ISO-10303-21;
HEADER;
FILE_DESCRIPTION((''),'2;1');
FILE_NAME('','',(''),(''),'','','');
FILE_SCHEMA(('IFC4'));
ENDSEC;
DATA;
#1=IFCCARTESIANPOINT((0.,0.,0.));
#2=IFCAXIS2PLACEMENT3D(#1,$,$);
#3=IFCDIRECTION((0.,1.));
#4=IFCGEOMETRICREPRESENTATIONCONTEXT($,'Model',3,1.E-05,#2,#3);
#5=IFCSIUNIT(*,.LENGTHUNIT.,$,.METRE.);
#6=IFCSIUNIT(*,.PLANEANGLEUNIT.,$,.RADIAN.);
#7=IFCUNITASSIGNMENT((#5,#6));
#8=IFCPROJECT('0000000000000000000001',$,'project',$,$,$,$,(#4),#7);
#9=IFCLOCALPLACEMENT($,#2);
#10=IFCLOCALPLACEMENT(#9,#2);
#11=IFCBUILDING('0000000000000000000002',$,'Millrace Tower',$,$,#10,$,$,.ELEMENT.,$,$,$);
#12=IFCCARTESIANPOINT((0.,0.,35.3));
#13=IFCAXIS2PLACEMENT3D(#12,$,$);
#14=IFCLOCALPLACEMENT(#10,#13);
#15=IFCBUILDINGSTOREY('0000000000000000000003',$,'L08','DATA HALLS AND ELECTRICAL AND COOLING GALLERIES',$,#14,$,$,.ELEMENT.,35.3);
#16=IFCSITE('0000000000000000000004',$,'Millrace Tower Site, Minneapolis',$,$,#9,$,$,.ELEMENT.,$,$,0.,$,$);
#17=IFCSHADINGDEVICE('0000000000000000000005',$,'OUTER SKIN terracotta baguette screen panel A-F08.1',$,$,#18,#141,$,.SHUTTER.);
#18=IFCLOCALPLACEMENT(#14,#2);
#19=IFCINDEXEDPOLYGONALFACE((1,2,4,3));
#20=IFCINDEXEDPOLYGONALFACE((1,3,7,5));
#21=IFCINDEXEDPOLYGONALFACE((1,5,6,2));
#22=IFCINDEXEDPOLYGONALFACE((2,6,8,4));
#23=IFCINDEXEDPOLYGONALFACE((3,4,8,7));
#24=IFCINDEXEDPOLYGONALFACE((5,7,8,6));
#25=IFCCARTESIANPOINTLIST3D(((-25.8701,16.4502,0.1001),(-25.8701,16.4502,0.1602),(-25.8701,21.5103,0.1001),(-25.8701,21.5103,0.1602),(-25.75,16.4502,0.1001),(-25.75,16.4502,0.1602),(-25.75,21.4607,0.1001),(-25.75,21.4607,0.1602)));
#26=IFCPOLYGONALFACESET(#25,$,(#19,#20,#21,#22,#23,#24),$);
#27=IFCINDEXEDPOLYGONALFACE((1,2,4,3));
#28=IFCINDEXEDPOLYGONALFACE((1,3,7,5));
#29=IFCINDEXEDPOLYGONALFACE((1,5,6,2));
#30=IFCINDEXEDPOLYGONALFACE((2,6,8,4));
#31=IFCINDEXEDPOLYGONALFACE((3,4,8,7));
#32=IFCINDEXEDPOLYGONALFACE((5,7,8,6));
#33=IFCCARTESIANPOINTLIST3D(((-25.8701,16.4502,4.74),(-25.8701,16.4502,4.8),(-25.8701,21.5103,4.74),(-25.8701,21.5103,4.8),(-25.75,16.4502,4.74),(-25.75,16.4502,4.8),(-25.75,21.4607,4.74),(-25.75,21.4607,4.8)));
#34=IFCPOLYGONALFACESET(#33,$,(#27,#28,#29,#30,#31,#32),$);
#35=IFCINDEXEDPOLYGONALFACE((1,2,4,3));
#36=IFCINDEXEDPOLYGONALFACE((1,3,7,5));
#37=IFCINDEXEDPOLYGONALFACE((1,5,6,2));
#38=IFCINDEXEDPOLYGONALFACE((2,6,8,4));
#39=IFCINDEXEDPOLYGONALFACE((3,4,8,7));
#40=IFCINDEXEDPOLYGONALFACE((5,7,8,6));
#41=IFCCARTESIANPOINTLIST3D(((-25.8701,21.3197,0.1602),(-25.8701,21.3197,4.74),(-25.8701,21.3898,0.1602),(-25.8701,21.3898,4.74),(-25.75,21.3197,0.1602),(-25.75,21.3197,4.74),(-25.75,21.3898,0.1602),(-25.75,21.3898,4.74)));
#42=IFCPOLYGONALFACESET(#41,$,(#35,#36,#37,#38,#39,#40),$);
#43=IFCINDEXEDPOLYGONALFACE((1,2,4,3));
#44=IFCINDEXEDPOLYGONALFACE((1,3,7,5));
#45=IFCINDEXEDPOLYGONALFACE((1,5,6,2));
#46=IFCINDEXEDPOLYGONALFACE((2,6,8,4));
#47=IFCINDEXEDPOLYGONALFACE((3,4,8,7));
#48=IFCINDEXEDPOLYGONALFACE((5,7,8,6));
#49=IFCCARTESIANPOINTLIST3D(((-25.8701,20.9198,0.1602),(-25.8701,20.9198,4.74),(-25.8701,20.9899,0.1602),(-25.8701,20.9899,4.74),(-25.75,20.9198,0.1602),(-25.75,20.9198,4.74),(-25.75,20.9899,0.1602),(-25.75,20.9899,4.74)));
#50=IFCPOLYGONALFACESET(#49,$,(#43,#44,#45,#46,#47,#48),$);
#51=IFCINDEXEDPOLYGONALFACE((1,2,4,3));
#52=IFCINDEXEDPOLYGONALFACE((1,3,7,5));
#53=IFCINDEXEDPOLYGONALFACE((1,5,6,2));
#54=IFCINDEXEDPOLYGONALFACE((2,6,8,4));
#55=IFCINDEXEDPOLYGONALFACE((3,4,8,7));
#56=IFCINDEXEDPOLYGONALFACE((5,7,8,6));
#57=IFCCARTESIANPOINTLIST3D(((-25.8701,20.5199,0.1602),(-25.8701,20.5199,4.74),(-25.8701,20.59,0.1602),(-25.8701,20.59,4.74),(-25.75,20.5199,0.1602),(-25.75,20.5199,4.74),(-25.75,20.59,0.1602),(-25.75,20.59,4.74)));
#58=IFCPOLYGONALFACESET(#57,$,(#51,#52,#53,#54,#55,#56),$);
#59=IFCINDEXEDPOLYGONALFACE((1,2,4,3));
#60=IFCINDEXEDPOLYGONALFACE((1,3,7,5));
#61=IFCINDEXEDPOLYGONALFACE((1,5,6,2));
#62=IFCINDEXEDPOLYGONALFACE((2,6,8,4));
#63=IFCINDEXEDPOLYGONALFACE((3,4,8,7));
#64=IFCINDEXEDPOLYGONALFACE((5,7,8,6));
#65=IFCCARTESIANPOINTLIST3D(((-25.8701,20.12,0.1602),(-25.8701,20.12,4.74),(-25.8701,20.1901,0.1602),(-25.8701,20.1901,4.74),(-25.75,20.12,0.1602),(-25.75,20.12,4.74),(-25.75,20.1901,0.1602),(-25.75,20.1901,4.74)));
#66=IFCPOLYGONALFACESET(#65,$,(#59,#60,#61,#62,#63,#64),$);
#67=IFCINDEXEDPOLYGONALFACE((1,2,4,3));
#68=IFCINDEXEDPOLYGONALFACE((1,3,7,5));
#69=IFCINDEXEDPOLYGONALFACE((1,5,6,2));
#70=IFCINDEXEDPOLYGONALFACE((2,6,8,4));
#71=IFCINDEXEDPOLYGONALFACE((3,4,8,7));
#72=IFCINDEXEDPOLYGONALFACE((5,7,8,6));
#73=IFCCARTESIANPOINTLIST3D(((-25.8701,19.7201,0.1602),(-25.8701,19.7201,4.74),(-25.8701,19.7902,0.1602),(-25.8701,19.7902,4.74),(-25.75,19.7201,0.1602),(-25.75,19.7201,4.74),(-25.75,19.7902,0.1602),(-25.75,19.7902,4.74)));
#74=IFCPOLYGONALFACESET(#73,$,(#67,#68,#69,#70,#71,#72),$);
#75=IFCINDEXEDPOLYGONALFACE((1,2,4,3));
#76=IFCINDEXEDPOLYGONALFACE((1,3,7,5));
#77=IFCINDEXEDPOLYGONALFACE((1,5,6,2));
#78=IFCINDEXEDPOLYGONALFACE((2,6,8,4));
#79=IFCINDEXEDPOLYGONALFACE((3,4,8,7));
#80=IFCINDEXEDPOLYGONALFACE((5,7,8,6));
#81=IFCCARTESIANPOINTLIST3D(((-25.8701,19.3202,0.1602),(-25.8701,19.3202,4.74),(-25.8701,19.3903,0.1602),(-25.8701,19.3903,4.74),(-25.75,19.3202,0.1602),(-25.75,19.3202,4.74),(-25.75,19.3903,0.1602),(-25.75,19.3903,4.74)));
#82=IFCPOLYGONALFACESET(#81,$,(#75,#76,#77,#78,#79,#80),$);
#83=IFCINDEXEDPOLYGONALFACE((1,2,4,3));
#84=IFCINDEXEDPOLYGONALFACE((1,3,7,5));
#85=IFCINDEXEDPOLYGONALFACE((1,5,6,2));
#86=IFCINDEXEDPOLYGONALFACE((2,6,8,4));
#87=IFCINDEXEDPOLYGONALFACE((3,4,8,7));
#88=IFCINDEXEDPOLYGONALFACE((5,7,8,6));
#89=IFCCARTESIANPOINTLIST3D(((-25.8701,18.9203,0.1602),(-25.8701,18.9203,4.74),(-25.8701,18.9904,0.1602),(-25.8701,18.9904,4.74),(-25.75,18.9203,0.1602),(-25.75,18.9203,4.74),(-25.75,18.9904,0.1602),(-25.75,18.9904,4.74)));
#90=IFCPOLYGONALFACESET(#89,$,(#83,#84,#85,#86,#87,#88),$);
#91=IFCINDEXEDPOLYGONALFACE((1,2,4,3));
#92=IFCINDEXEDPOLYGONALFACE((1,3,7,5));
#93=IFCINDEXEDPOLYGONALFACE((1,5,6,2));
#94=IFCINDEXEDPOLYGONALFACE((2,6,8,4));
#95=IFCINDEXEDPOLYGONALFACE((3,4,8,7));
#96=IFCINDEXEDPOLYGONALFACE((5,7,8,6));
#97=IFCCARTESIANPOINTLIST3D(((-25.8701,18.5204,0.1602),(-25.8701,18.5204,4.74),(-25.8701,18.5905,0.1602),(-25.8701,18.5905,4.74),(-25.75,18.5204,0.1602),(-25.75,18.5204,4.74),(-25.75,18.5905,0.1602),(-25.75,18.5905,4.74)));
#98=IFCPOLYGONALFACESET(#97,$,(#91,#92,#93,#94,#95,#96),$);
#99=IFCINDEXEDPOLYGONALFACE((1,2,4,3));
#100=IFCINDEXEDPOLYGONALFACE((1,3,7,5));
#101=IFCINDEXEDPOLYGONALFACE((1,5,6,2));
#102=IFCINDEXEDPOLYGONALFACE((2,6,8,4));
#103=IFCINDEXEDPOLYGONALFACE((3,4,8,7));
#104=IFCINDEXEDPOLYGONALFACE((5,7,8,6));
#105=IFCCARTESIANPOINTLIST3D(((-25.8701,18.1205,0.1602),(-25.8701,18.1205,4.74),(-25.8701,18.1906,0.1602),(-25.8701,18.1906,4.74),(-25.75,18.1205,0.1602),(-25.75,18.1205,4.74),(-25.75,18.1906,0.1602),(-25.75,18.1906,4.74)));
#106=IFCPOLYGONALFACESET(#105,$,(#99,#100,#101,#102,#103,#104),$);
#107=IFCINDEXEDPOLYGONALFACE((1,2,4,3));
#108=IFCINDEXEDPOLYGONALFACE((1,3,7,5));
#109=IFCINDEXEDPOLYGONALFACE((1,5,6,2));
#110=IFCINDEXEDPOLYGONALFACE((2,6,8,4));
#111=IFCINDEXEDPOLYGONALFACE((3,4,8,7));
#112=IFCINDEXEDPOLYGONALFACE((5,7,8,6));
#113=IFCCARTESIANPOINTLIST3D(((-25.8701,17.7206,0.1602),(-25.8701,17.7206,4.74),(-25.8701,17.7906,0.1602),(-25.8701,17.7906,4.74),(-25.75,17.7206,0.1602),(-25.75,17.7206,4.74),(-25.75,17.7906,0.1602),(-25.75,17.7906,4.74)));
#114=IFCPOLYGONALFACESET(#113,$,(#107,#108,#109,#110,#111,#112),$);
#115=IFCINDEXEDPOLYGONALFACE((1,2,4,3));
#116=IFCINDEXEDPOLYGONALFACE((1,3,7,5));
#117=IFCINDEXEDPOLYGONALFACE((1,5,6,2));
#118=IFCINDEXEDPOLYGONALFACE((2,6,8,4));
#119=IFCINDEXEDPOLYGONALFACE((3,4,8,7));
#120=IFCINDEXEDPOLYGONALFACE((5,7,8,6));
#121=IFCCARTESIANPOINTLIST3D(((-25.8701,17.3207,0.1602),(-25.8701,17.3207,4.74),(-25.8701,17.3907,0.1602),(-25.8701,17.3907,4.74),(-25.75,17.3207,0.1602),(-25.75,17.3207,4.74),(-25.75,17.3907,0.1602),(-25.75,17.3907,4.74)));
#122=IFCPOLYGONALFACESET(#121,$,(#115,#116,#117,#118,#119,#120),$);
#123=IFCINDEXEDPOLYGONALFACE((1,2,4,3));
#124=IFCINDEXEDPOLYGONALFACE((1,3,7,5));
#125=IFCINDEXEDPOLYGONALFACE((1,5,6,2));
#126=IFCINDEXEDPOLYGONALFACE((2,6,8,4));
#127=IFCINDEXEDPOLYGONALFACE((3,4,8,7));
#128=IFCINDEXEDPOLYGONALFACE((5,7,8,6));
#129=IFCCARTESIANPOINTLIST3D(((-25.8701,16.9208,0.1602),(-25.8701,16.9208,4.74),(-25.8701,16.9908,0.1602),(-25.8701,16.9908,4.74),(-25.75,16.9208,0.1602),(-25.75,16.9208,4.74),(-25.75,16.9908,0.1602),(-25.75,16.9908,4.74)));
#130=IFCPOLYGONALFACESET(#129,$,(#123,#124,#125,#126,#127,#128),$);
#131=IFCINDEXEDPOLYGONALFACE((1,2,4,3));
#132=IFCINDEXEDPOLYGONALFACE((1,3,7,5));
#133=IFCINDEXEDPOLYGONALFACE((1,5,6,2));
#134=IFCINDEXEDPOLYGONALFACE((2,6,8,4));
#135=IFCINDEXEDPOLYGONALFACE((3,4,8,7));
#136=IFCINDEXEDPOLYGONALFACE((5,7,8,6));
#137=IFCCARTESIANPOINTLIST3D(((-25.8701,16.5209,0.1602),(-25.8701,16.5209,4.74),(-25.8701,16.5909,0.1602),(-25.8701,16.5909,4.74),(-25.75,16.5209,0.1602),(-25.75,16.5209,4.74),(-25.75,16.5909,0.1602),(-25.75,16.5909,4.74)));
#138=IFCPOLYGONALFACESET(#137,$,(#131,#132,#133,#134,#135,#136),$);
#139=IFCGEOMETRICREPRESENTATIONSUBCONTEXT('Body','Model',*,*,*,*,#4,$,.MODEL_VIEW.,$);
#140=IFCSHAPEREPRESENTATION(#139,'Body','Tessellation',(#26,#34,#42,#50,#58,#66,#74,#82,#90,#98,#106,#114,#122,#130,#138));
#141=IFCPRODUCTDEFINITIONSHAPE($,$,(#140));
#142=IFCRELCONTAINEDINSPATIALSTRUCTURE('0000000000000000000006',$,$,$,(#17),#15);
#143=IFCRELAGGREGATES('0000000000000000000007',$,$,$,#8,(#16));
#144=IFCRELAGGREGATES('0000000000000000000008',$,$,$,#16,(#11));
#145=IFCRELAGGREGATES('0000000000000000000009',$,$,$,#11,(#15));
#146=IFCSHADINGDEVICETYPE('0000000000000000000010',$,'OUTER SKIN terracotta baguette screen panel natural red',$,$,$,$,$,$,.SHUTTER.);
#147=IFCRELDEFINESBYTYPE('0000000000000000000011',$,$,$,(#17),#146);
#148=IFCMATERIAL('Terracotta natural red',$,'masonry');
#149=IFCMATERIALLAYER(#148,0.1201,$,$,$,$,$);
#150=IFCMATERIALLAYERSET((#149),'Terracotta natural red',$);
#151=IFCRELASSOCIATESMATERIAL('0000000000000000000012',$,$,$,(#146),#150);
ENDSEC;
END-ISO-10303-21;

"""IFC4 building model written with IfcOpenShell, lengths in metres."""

from ifc_helpers import new_model, entity, si_unit, direction, frame, frame_2d, origin, place, context, subcontext, project, spatial, rectangle, extrude, source, transform, mapped, material, layer, layer_set, type_object, element, save


model = new_model("IFC4")

# Units and contexts
model_context = context("Model", 3, precision=1e-05, world=origin(), true_north=direction((0.0, 1.0)))
body_context = subcontext(model_context, "Body", "Model", "MODEL_VIEW")
ifc_project = project(units=[si_unit("LENGTHUNIT", "METRE"), si_unit("PLANEANGLEUNIT", "RADIAN")], contexts=[model_context])

# Site, building, storey
site_placement = place(None, origin())
site = spatial("IfcSite", under=ifc_project, at=site_placement, Name="Millrace Tower Site, Minneapolis", CompositionType="ELEMENT", RefElevation=0.0)
building_placement = place(site_placement, origin())
building = spatial("IfcBuilding", under=site, at=building_placement, Name="Millrace Tower", CompositionType="ELEMENT")
storey_placement = place(building_placement, frame((0.0, 0.0, 35.3)))
storey = spatial("IfcBuildingStorey", under=building, at=storey_placement, Name="L08", Description="DATA HALLS AND ELECTRICAL AND COOLING GALLERIES", CompositionType="ELEMENT", Elevation=35.3)

# Shading device
ifc_material_1 = material(Name="Terracotta natural red", Category="masonry")
ifc_layer_1 = layer(ifc_material_1, 0.1201)
ifc_layer_set_1 = layer_set([ifc_layer_1], Name="Terracotta natural red")
shading_device_type_1 = type_object("IfcShadingDeviceType", Name="OUTER SKIN terracotta baguette screen panel natural red", PredefinedType="SHUTTER", material=ifc_layer_set_1)
cartesian_point_1 = entity("IfcCartesianPoint", [-2.4929, 0.0601])
shared_polyline_1 = entity("IfcPolyline", [cartesian_point_1, entity("IfcCartesianPoint", [2.5176, 0.0601]), entity("IfcCartesianPoint", [2.5176, -0.0601]), entity("IfcCartesianPoint", [-2.5425, -0.0601]), cartesian_point_1])
shared_shape_1 = source(origin(), body_context, "Body", "SweptSolid", [
    entity("IfcExtrudedAreaSolid", entity("IfcArbitraryClosedProfileDef", "AREA", None, shared_polyline_1), entity("IfcAxis2Placement3D", entity("IfcCartesianPoint", [0.0, 0.0, 0.0])), entity("IfcDirection", [0.0, 0.0, 1.0]), 0.0601),
    entity("IfcExtrudedAreaSolid", entity("IfcArbitraryClosedProfileDef", "AREA", None, shared_polyline_1), entity("IfcAxis2Placement3D", entity("IfcCartesianPoint", [0.0, 0.0, 4.6399])), entity("IfcDirection", [0.0, 0.0, 1.0]), 0.0601),
    extrude(rectangle(XDim=0.0701, YDim=0.1201, at=frame_2d((-2.387, 0.0))), frame((0.0, 0.0, 0.0601)), (0.0, 0.0, 1.0), 4.5798),
    extrude(rectangle(XDim=0.0701, YDim=0.1201, at=frame_2d((-1.9871, 0.0))), frame((0.0, 0.0, 0.0601)), (0.0, 0.0, 1.0), 4.5798),
    extrude(rectangle(XDim=0.0701, YDim=0.1201, at=frame_2d((-1.5872, 0.0))), frame((0.0, 0.0, 0.0601)), (0.0, 0.0, 1.0), 4.5798),
    extrude(rectangle(XDim=0.0701, YDim=0.1201, at=frame_2d((-1.1873, 0.0))), frame((0.0, 0.0, 0.0601)), (0.0, 0.0, 1.0), 4.5798),
    extrude(rectangle(XDim=0.0701, YDim=0.1201, at=frame_2d((-0.7874, 0.0))), frame((0.0, 0.0, 0.0601)), (0.0, 0.0, 1.0), 4.5798),
    extrude(rectangle(XDim=0.0701, YDim=0.1201, at=frame_2d((-0.3875, 0.0))), frame((0.0, 0.0, 0.0601)), (0.0, 0.0, 1.0), 4.5798),
    extrude(rectangle(XDim=0.0701, YDim=0.1201, at=frame_2d((0.0125, 0.0))), frame((0.0, 0.0, 0.0601)), (0.0, 0.0, 1.0), 4.5798),
    extrude(rectangle(XDim=0.0701, YDim=0.1201, at=frame_2d((0.4124, 0.0))), frame((0.0, 0.0, 0.0601)), (0.0, 0.0, 1.0), 4.5798),
    extrude(rectangle(XDim=0.0701, YDim=0.1201, at=frame_2d((0.8123, 0.0))), frame((0.0, 0.0, 0.0601)), (0.0, 0.0, 1.0), 4.5798),
    extrude(rectangle(XDim=0.0701, YDim=0.1201, at=frame_2d((1.2122, 0.0))), frame((0.0, 0.0, 0.0601)), (0.0, 0.0, 1.0), 4.5798),
    extrude(rectangle(XDim=0.0701, YDim=0.1201, at=frame_2d((1.6121, 0.0))), frame((0.0, 0.0, 0.0601)), (0.0, 0.0, 1.0), 4.5798),
    extrude(rectangle(XDim=0.0701, YDim=0.1201, at=frame_2d((2.012, 0.0))), frame((0.0, 0.0, 0.0601)), (0.0, 0.0, 1.0), 4.5798),
    extrude(rectangle(XDim=0.0701, YDim=0.1201, at=frame_2d((2.4119, 0.0))), frame((0.0, 0.0, 0.0601)), (0.0, 0.0, 1.0), 4.5798),
])
shading_device_1_placement = place(storey_placement, frame((-25.8101, 18.9678, 0.1001), z_axis=(0.0, 0.0, 1.0), x_axis=(0.0, -1.0, 0.0)))
element("IfcShadingDevice", 1, at=shading_device_1_placement, inside=storey, type_object=shading_device_type_1, Name="OUTER SKIN terracotta baguette screen panel A-F08.1", PredefinedType="SHUTTER", context=body_context, shape_type="MappedRepresentation", body=[
    mapped(shared_shape_1, transform((0.0, 0.0, 0.0), scale=1.0)),
])

save(model, "model.ifc")
